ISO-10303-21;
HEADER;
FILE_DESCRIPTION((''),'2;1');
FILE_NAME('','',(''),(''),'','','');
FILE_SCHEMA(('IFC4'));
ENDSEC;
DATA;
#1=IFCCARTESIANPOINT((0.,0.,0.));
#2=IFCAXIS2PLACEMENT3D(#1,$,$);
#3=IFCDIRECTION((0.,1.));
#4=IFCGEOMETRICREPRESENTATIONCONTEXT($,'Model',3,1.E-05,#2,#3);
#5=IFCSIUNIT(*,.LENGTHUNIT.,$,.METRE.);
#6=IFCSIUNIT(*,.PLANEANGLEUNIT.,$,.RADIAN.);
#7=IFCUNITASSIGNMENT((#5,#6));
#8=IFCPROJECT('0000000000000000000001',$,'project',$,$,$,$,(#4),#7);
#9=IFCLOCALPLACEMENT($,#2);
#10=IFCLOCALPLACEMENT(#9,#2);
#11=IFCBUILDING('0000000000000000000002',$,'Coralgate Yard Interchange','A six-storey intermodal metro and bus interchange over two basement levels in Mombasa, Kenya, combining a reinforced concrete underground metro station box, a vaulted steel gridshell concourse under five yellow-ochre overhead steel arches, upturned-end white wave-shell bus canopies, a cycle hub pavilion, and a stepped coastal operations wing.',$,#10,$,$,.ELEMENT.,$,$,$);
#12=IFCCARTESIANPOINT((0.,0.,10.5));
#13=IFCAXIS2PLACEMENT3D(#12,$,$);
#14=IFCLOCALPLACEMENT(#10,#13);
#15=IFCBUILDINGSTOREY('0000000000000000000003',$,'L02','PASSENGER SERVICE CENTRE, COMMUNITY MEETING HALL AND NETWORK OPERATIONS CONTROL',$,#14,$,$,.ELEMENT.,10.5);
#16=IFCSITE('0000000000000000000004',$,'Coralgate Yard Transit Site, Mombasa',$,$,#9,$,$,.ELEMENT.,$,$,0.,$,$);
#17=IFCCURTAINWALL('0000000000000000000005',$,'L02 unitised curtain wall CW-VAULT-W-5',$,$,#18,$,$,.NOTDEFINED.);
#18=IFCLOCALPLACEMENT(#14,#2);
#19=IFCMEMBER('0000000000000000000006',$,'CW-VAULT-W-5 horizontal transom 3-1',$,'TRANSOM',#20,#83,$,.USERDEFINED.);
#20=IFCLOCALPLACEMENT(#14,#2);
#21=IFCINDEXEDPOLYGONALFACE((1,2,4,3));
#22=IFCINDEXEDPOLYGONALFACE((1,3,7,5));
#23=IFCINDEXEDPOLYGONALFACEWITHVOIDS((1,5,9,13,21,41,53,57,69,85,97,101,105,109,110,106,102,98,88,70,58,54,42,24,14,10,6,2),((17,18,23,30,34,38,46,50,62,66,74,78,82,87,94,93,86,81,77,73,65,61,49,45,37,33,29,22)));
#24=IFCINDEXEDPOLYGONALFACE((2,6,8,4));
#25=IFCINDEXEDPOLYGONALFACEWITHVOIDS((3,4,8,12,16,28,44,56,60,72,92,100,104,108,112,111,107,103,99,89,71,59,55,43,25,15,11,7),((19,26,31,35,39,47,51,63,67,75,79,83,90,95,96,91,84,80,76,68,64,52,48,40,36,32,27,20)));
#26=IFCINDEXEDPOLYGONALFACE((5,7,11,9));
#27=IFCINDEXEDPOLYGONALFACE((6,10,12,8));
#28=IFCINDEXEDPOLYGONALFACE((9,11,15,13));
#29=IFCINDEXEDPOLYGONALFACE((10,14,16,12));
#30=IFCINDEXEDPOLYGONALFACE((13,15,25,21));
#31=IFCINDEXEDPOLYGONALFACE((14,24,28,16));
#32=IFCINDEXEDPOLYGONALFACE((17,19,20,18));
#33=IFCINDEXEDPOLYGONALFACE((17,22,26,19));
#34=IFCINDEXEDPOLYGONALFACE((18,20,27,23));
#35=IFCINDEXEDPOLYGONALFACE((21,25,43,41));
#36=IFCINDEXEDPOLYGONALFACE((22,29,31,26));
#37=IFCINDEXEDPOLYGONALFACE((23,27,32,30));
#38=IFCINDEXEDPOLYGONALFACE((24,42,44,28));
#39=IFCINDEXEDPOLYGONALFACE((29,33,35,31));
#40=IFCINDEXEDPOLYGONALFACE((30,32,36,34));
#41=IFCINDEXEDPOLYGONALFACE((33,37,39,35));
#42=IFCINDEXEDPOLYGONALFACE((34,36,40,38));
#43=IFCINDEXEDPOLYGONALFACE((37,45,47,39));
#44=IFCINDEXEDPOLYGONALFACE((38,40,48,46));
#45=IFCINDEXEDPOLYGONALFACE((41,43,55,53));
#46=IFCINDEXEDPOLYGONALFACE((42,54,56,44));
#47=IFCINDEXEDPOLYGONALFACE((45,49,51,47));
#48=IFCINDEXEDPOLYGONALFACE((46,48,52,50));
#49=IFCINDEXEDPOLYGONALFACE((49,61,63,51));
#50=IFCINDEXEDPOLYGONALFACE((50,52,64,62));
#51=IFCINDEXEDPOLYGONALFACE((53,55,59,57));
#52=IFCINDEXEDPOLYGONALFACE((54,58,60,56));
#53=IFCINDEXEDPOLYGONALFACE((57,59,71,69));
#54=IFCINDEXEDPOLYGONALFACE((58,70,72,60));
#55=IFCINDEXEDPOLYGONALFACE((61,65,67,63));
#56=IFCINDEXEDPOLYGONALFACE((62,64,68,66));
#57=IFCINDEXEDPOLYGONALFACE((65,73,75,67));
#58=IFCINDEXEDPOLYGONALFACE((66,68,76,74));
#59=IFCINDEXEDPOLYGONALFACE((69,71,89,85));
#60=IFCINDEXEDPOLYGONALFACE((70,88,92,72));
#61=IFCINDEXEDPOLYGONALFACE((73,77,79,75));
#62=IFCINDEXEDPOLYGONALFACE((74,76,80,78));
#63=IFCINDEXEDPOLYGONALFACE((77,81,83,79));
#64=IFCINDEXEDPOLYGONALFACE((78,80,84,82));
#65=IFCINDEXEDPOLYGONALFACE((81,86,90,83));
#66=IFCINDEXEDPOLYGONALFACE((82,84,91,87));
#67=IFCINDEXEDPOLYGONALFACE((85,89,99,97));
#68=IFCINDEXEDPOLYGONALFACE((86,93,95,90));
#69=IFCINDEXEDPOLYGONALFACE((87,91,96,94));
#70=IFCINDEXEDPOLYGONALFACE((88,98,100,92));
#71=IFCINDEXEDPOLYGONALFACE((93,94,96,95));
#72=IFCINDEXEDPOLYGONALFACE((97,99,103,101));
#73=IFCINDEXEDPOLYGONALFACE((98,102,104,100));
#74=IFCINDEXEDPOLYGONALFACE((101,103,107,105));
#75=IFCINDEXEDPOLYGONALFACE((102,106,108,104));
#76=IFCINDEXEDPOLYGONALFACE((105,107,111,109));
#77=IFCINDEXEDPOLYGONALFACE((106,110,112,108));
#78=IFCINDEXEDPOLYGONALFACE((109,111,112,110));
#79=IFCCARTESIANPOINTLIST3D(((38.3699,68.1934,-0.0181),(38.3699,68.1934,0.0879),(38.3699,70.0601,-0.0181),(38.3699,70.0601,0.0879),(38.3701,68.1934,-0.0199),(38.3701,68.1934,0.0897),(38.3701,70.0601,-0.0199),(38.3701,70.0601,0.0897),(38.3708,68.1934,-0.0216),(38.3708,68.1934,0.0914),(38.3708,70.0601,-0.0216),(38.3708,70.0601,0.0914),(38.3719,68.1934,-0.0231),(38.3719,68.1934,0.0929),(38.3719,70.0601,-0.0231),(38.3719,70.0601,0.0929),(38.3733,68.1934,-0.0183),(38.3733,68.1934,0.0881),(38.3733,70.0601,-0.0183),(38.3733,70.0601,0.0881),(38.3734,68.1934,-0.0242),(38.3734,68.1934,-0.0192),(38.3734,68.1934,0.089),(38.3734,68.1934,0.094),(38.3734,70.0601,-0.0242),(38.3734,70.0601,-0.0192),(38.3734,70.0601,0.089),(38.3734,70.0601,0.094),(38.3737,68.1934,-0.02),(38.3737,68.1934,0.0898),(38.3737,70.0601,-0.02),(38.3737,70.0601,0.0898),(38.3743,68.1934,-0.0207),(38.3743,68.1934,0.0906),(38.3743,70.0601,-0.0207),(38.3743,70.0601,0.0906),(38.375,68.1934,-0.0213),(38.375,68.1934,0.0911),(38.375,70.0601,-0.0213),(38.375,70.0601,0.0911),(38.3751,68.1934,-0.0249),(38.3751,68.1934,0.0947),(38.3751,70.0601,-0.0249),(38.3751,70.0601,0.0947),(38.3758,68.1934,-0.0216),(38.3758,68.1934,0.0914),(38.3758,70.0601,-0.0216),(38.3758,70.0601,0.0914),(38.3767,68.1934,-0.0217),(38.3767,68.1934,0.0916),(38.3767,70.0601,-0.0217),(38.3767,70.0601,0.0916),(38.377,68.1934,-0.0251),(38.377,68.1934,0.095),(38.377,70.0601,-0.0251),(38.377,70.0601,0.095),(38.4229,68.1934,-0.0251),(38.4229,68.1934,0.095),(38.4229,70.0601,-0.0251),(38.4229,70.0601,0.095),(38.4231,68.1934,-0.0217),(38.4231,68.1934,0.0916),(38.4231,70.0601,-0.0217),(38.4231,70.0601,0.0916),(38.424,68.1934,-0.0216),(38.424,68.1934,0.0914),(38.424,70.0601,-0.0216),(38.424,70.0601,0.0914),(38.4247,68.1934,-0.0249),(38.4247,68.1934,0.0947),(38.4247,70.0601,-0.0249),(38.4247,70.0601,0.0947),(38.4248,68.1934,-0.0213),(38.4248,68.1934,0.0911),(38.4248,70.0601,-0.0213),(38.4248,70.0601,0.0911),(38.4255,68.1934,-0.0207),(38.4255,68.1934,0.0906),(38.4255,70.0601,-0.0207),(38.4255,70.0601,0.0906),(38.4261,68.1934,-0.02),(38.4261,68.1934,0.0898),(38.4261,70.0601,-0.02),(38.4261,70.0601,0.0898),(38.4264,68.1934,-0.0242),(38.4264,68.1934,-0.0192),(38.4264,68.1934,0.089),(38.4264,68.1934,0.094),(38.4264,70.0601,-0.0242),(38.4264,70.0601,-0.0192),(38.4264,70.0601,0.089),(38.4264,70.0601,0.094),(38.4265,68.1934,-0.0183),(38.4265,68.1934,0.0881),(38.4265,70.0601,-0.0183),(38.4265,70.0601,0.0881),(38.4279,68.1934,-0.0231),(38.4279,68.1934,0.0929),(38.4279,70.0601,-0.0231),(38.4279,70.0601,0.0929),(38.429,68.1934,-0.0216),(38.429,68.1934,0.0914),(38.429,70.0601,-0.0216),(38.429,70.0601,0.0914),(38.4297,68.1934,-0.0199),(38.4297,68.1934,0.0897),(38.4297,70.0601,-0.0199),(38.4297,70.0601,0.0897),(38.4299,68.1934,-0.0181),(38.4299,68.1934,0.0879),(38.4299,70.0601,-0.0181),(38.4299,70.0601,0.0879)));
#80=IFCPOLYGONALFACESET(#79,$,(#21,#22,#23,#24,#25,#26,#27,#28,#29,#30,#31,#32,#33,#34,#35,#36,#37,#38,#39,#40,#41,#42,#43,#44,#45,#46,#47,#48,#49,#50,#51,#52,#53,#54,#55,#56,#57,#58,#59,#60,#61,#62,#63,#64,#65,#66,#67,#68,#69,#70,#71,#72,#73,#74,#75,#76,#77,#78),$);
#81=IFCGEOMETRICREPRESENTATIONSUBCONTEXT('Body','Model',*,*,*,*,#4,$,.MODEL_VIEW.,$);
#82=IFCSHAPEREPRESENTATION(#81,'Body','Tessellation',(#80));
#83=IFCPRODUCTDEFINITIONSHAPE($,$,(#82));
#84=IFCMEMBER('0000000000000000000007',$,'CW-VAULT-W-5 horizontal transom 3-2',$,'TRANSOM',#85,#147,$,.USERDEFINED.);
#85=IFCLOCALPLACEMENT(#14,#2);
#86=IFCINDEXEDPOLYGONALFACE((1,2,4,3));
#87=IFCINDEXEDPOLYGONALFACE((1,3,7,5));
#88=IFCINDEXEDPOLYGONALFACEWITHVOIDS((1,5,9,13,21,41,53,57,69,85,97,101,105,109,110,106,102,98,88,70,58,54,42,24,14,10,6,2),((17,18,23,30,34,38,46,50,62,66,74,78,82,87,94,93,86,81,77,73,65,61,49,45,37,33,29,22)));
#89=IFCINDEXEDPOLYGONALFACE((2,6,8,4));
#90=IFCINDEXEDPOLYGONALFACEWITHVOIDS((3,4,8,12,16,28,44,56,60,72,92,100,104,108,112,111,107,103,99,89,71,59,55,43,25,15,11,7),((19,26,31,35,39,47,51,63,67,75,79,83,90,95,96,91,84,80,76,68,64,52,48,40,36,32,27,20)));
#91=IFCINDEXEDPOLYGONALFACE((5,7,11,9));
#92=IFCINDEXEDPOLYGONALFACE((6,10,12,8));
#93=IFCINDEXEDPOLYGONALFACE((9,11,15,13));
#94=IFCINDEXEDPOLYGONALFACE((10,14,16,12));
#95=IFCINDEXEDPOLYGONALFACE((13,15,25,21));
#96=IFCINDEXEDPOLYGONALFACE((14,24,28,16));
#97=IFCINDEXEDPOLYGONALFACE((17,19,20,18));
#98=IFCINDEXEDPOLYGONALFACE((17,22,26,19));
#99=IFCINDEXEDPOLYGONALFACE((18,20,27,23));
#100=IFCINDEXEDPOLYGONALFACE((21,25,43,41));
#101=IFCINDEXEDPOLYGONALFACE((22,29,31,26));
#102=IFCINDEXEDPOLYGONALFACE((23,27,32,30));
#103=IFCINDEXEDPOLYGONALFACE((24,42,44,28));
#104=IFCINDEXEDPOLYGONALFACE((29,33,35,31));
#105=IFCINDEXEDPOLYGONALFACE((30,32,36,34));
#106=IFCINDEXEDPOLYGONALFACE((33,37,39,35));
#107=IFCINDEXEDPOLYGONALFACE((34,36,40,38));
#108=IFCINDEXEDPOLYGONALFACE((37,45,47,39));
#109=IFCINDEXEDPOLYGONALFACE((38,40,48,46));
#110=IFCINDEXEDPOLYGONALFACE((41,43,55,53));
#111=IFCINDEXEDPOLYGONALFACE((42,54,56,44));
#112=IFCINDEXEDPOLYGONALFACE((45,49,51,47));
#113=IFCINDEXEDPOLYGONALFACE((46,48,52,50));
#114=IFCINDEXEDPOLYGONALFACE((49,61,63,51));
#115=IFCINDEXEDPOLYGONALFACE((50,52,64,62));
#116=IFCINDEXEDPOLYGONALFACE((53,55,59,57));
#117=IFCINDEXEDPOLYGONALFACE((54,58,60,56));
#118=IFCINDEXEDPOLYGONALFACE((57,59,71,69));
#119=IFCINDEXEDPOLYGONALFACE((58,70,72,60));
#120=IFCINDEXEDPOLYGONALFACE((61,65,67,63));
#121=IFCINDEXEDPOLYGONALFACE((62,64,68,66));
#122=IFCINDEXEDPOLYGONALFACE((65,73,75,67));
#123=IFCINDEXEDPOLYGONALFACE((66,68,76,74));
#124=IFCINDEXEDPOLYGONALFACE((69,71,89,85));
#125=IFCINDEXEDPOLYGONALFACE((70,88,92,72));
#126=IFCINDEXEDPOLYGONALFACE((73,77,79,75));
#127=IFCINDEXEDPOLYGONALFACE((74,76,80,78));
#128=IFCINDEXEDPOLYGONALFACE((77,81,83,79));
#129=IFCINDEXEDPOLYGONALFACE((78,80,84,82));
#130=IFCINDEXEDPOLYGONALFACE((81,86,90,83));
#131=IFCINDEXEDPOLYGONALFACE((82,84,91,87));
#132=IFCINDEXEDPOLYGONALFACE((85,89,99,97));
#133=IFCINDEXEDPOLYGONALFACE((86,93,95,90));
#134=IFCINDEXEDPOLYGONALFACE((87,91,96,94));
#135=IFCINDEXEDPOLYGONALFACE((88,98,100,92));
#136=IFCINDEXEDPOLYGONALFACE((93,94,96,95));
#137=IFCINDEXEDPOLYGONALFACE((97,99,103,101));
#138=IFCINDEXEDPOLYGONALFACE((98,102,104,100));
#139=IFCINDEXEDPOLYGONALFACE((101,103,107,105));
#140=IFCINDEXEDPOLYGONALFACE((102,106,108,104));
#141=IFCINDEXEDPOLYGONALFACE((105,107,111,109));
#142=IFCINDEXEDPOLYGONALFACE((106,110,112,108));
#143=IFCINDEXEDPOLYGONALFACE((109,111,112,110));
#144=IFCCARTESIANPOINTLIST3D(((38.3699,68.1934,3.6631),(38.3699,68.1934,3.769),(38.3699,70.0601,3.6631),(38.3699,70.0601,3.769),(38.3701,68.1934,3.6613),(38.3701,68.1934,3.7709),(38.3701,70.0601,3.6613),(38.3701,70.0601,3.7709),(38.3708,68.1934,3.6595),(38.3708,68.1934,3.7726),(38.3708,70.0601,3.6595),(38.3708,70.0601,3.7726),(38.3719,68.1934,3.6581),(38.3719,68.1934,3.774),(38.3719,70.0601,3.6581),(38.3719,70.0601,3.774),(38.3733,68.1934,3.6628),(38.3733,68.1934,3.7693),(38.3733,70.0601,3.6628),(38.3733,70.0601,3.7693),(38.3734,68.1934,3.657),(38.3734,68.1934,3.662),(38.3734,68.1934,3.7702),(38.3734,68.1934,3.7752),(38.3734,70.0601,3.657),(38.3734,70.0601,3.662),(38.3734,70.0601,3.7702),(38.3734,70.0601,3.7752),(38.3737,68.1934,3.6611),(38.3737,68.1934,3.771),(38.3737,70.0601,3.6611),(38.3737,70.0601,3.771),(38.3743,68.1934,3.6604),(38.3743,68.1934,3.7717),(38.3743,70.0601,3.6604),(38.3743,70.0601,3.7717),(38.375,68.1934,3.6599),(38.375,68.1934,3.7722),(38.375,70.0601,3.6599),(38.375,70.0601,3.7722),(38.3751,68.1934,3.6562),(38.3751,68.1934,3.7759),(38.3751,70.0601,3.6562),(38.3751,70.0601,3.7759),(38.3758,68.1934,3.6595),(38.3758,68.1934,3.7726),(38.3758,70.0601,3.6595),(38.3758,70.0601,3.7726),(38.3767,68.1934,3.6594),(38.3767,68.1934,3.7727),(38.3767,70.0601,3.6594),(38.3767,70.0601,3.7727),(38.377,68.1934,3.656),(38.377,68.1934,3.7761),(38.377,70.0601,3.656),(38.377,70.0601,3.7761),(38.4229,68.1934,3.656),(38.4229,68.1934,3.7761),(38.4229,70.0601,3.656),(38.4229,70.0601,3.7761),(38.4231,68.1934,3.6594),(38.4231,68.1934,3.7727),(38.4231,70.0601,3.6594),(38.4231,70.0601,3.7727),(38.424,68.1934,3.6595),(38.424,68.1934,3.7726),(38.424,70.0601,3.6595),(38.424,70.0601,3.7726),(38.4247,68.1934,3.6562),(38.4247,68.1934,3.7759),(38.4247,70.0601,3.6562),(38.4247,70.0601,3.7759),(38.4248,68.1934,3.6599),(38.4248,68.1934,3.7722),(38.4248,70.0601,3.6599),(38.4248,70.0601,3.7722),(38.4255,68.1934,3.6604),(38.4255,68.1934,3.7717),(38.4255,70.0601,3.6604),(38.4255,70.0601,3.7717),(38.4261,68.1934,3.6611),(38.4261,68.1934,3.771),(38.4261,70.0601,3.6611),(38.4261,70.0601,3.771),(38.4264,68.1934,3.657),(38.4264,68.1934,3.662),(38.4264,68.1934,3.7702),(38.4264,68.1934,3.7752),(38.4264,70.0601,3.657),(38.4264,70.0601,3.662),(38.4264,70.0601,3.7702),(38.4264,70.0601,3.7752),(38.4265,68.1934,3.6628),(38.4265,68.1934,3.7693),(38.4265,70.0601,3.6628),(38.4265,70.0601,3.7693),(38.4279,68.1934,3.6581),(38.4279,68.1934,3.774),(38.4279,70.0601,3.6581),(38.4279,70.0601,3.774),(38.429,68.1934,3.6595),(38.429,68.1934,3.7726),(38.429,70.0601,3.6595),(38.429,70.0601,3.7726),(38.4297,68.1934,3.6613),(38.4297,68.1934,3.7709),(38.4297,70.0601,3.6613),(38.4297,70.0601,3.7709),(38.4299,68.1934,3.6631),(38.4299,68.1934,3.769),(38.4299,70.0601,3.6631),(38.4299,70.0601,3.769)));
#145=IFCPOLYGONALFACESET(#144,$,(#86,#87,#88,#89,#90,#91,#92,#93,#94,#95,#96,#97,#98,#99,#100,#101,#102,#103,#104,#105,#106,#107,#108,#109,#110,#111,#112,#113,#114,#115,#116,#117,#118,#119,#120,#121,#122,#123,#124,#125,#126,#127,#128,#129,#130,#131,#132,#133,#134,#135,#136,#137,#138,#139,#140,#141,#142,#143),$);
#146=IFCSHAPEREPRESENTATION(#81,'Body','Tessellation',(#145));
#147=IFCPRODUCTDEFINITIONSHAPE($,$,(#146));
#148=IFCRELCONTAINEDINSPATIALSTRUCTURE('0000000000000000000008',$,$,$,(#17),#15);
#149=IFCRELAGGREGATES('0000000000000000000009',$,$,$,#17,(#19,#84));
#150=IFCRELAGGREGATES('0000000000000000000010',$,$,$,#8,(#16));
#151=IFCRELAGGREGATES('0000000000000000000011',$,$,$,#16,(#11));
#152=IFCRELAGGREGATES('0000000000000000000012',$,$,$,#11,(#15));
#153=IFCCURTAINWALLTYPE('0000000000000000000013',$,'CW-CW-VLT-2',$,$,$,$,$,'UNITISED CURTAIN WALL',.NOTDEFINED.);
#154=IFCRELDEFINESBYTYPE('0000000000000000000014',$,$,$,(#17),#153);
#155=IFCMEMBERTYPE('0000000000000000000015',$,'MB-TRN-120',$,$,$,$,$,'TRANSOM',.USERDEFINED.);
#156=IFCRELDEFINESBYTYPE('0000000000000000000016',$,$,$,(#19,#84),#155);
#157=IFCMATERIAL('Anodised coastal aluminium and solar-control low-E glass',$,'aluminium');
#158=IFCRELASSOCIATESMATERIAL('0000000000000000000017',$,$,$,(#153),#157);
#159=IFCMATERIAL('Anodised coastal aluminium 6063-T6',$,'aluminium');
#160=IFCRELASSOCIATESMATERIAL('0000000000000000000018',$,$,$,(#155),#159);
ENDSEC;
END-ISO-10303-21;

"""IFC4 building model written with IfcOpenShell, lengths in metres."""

from ifc_helpers import new_model, si_unit, direction, frame, origin, origin_2d, place, context, subcontext, project, spatial, hollow_rectangle, extrude, material, material_profile, profile_set, type_object, element, aggregate, save


model = new_model("IFC4")

# Units and contexts
model_context = context("Model", 3, precision=1e-05, world=origin(), true_north=direction((0.0, 1.0)))
body_context = subcontext(model_context, "Body", "Model", "MODEL_VIEW")
ifc_project = project(units=[si_unit("LENGTHUNIT", "METRE"), si_unit("PLANEANGLEUNIT", "RADIAN")], contexts=[model_context])

# Site, building, storey
site_placement = place(None, origin())
site = spatial("IfcSite", under=ifc_project, at=site_placement, Name="Coralgate Yard Transit Site, Mombasa", CompositionType="ELEMENT", RefElevation=0.0)
building_placement = place(site_placement, origin())
building = spatial("IfcBuilding", under=site, at=building_placement, Name="Coralgate Yard Interchange", Description="A six-storey intermodal metro and bus interchange over two basement levels in Mombasa, Kenya, combining a reinforced concrete underground metro station box, a vaulted steel gridshell concourse under five yellow-ochre overhead steel arches, upturned-end white wave-shell bus canopies, a cycle hub pavilion, and a stepped coastal operations wing.", CompositionType="ELEMENT")
storey_placement = place(building_placement, frame((0.0, 0.0, 10.5)))
storey = spatial("IfcBuildingStorey", under=building, at=storey_placement, Name="L02", Description="PASSENGER SERVICE CENTRE, COMMUNITY MEETING HALL AND NETWORK OPERATIONS CONTROL", CompositionType="ELEMENT", Elevation=10.5)

# Shared definitions
ifc_material_1 = material(Name="Anodised coastal aluminium and solar-control low-E glass", Category="aluminium")
ifc_material_2 = material(Name="Anodised coastal aluminium 6063-T6", Category="aluminium")

# Curtain wall
curtain_wall_type_1 = type_object("IfcCurtainWallType", Name="CW-CW-VLT-2", ElementType="UNITISED CURTAIN WALL", PredefinedType="NOTDEFINED", material=ifc_material_1)
curtain_wall_1_placement = place(storey_placement, origin())
curtain_wall_1 = element("IfcCurtainWall", 1, at=curtain_wall_1_placement, inside=storey, type_object=curtain_wall_type_1, Name="L02 unitised curtain wall CW-VAULT-W-5", PredefinedType="NOTDEFINED")

# Members
ifc_material_profile_1 = material_profile(ifc_material_2, hollow_rectangle(XDim=0.0601, YDim=0.1201, WallThickness=0.0034, InnerFilletRadius=0.0034, OuterFilletRadius=0.0071, at=origin_2d()), Name="ALU 60x120x3.5")
ifc_profile_set_1 = profile_set([ifc_material_profile_1], Name="Anodised coastal aluminium 6063-T6")
member_type_1 = type_object("IfcMemberType", Name="MB-TRN-120", ElementType="TRANSOM", PredefinedType="USERDEFINED", material=ifc_profile_set_1)
member_1_placement = place(storey_placement, frame((38.3999, 68.1934, 0.0349), z_axis=(0.0, 1.0, 0.0), x_axis=(-1.0, 0.0, 0.0)))
member_1 = element("IfcMember", 2, at=member_1_placement, type_object=member_type_1, Name="CW-VAULT-W-5 horizontal transom 3-1", ObjectType="TRANSOM", PredefinedType="USERDEFINED", context=body_context, shape_type="SweptSolid", body=[
    extrude(hollow_rectangle(XDim=0.0601, YDim=0.1201, WallThickness=0.0034, InnerFilletRadius=0.0034, OuterFilletRadius=0.0071, at=origin_2d()), origin(), (0.0, 0.0, 1.0), 1.8667),
])
member_2_placement = place(storey_placement, frame((38.3999, 68.1934, 3.7161), z_axis=(0.0, 1.0, 0.0), x_axis=(-1.0, 0.0, 0.0)))
member_2 = element("IfcMember", 3, at=member_2_placement, type_object=member_type_1, Name="CW-VAULT-W-5 horizontal transom 3-2", ObjectType="TRANSOM", PredefinedType="USERDEFINED", context=body_context, shape_type="SweptSolid", body=[
    extrude(hollow_rectangle(XDim=0.0601, YDim=0.1201, WallThickness=0.0034, InnerFilletRadius=0.0034, OuterFilletRadius=0.0071, at=origin_2d()), origin(), (0.0, 0.0, 1.0), 1.8667),
])

aggregate(curtain_wall_1, [member_1, member_2])

save(model, "model.ifc")
